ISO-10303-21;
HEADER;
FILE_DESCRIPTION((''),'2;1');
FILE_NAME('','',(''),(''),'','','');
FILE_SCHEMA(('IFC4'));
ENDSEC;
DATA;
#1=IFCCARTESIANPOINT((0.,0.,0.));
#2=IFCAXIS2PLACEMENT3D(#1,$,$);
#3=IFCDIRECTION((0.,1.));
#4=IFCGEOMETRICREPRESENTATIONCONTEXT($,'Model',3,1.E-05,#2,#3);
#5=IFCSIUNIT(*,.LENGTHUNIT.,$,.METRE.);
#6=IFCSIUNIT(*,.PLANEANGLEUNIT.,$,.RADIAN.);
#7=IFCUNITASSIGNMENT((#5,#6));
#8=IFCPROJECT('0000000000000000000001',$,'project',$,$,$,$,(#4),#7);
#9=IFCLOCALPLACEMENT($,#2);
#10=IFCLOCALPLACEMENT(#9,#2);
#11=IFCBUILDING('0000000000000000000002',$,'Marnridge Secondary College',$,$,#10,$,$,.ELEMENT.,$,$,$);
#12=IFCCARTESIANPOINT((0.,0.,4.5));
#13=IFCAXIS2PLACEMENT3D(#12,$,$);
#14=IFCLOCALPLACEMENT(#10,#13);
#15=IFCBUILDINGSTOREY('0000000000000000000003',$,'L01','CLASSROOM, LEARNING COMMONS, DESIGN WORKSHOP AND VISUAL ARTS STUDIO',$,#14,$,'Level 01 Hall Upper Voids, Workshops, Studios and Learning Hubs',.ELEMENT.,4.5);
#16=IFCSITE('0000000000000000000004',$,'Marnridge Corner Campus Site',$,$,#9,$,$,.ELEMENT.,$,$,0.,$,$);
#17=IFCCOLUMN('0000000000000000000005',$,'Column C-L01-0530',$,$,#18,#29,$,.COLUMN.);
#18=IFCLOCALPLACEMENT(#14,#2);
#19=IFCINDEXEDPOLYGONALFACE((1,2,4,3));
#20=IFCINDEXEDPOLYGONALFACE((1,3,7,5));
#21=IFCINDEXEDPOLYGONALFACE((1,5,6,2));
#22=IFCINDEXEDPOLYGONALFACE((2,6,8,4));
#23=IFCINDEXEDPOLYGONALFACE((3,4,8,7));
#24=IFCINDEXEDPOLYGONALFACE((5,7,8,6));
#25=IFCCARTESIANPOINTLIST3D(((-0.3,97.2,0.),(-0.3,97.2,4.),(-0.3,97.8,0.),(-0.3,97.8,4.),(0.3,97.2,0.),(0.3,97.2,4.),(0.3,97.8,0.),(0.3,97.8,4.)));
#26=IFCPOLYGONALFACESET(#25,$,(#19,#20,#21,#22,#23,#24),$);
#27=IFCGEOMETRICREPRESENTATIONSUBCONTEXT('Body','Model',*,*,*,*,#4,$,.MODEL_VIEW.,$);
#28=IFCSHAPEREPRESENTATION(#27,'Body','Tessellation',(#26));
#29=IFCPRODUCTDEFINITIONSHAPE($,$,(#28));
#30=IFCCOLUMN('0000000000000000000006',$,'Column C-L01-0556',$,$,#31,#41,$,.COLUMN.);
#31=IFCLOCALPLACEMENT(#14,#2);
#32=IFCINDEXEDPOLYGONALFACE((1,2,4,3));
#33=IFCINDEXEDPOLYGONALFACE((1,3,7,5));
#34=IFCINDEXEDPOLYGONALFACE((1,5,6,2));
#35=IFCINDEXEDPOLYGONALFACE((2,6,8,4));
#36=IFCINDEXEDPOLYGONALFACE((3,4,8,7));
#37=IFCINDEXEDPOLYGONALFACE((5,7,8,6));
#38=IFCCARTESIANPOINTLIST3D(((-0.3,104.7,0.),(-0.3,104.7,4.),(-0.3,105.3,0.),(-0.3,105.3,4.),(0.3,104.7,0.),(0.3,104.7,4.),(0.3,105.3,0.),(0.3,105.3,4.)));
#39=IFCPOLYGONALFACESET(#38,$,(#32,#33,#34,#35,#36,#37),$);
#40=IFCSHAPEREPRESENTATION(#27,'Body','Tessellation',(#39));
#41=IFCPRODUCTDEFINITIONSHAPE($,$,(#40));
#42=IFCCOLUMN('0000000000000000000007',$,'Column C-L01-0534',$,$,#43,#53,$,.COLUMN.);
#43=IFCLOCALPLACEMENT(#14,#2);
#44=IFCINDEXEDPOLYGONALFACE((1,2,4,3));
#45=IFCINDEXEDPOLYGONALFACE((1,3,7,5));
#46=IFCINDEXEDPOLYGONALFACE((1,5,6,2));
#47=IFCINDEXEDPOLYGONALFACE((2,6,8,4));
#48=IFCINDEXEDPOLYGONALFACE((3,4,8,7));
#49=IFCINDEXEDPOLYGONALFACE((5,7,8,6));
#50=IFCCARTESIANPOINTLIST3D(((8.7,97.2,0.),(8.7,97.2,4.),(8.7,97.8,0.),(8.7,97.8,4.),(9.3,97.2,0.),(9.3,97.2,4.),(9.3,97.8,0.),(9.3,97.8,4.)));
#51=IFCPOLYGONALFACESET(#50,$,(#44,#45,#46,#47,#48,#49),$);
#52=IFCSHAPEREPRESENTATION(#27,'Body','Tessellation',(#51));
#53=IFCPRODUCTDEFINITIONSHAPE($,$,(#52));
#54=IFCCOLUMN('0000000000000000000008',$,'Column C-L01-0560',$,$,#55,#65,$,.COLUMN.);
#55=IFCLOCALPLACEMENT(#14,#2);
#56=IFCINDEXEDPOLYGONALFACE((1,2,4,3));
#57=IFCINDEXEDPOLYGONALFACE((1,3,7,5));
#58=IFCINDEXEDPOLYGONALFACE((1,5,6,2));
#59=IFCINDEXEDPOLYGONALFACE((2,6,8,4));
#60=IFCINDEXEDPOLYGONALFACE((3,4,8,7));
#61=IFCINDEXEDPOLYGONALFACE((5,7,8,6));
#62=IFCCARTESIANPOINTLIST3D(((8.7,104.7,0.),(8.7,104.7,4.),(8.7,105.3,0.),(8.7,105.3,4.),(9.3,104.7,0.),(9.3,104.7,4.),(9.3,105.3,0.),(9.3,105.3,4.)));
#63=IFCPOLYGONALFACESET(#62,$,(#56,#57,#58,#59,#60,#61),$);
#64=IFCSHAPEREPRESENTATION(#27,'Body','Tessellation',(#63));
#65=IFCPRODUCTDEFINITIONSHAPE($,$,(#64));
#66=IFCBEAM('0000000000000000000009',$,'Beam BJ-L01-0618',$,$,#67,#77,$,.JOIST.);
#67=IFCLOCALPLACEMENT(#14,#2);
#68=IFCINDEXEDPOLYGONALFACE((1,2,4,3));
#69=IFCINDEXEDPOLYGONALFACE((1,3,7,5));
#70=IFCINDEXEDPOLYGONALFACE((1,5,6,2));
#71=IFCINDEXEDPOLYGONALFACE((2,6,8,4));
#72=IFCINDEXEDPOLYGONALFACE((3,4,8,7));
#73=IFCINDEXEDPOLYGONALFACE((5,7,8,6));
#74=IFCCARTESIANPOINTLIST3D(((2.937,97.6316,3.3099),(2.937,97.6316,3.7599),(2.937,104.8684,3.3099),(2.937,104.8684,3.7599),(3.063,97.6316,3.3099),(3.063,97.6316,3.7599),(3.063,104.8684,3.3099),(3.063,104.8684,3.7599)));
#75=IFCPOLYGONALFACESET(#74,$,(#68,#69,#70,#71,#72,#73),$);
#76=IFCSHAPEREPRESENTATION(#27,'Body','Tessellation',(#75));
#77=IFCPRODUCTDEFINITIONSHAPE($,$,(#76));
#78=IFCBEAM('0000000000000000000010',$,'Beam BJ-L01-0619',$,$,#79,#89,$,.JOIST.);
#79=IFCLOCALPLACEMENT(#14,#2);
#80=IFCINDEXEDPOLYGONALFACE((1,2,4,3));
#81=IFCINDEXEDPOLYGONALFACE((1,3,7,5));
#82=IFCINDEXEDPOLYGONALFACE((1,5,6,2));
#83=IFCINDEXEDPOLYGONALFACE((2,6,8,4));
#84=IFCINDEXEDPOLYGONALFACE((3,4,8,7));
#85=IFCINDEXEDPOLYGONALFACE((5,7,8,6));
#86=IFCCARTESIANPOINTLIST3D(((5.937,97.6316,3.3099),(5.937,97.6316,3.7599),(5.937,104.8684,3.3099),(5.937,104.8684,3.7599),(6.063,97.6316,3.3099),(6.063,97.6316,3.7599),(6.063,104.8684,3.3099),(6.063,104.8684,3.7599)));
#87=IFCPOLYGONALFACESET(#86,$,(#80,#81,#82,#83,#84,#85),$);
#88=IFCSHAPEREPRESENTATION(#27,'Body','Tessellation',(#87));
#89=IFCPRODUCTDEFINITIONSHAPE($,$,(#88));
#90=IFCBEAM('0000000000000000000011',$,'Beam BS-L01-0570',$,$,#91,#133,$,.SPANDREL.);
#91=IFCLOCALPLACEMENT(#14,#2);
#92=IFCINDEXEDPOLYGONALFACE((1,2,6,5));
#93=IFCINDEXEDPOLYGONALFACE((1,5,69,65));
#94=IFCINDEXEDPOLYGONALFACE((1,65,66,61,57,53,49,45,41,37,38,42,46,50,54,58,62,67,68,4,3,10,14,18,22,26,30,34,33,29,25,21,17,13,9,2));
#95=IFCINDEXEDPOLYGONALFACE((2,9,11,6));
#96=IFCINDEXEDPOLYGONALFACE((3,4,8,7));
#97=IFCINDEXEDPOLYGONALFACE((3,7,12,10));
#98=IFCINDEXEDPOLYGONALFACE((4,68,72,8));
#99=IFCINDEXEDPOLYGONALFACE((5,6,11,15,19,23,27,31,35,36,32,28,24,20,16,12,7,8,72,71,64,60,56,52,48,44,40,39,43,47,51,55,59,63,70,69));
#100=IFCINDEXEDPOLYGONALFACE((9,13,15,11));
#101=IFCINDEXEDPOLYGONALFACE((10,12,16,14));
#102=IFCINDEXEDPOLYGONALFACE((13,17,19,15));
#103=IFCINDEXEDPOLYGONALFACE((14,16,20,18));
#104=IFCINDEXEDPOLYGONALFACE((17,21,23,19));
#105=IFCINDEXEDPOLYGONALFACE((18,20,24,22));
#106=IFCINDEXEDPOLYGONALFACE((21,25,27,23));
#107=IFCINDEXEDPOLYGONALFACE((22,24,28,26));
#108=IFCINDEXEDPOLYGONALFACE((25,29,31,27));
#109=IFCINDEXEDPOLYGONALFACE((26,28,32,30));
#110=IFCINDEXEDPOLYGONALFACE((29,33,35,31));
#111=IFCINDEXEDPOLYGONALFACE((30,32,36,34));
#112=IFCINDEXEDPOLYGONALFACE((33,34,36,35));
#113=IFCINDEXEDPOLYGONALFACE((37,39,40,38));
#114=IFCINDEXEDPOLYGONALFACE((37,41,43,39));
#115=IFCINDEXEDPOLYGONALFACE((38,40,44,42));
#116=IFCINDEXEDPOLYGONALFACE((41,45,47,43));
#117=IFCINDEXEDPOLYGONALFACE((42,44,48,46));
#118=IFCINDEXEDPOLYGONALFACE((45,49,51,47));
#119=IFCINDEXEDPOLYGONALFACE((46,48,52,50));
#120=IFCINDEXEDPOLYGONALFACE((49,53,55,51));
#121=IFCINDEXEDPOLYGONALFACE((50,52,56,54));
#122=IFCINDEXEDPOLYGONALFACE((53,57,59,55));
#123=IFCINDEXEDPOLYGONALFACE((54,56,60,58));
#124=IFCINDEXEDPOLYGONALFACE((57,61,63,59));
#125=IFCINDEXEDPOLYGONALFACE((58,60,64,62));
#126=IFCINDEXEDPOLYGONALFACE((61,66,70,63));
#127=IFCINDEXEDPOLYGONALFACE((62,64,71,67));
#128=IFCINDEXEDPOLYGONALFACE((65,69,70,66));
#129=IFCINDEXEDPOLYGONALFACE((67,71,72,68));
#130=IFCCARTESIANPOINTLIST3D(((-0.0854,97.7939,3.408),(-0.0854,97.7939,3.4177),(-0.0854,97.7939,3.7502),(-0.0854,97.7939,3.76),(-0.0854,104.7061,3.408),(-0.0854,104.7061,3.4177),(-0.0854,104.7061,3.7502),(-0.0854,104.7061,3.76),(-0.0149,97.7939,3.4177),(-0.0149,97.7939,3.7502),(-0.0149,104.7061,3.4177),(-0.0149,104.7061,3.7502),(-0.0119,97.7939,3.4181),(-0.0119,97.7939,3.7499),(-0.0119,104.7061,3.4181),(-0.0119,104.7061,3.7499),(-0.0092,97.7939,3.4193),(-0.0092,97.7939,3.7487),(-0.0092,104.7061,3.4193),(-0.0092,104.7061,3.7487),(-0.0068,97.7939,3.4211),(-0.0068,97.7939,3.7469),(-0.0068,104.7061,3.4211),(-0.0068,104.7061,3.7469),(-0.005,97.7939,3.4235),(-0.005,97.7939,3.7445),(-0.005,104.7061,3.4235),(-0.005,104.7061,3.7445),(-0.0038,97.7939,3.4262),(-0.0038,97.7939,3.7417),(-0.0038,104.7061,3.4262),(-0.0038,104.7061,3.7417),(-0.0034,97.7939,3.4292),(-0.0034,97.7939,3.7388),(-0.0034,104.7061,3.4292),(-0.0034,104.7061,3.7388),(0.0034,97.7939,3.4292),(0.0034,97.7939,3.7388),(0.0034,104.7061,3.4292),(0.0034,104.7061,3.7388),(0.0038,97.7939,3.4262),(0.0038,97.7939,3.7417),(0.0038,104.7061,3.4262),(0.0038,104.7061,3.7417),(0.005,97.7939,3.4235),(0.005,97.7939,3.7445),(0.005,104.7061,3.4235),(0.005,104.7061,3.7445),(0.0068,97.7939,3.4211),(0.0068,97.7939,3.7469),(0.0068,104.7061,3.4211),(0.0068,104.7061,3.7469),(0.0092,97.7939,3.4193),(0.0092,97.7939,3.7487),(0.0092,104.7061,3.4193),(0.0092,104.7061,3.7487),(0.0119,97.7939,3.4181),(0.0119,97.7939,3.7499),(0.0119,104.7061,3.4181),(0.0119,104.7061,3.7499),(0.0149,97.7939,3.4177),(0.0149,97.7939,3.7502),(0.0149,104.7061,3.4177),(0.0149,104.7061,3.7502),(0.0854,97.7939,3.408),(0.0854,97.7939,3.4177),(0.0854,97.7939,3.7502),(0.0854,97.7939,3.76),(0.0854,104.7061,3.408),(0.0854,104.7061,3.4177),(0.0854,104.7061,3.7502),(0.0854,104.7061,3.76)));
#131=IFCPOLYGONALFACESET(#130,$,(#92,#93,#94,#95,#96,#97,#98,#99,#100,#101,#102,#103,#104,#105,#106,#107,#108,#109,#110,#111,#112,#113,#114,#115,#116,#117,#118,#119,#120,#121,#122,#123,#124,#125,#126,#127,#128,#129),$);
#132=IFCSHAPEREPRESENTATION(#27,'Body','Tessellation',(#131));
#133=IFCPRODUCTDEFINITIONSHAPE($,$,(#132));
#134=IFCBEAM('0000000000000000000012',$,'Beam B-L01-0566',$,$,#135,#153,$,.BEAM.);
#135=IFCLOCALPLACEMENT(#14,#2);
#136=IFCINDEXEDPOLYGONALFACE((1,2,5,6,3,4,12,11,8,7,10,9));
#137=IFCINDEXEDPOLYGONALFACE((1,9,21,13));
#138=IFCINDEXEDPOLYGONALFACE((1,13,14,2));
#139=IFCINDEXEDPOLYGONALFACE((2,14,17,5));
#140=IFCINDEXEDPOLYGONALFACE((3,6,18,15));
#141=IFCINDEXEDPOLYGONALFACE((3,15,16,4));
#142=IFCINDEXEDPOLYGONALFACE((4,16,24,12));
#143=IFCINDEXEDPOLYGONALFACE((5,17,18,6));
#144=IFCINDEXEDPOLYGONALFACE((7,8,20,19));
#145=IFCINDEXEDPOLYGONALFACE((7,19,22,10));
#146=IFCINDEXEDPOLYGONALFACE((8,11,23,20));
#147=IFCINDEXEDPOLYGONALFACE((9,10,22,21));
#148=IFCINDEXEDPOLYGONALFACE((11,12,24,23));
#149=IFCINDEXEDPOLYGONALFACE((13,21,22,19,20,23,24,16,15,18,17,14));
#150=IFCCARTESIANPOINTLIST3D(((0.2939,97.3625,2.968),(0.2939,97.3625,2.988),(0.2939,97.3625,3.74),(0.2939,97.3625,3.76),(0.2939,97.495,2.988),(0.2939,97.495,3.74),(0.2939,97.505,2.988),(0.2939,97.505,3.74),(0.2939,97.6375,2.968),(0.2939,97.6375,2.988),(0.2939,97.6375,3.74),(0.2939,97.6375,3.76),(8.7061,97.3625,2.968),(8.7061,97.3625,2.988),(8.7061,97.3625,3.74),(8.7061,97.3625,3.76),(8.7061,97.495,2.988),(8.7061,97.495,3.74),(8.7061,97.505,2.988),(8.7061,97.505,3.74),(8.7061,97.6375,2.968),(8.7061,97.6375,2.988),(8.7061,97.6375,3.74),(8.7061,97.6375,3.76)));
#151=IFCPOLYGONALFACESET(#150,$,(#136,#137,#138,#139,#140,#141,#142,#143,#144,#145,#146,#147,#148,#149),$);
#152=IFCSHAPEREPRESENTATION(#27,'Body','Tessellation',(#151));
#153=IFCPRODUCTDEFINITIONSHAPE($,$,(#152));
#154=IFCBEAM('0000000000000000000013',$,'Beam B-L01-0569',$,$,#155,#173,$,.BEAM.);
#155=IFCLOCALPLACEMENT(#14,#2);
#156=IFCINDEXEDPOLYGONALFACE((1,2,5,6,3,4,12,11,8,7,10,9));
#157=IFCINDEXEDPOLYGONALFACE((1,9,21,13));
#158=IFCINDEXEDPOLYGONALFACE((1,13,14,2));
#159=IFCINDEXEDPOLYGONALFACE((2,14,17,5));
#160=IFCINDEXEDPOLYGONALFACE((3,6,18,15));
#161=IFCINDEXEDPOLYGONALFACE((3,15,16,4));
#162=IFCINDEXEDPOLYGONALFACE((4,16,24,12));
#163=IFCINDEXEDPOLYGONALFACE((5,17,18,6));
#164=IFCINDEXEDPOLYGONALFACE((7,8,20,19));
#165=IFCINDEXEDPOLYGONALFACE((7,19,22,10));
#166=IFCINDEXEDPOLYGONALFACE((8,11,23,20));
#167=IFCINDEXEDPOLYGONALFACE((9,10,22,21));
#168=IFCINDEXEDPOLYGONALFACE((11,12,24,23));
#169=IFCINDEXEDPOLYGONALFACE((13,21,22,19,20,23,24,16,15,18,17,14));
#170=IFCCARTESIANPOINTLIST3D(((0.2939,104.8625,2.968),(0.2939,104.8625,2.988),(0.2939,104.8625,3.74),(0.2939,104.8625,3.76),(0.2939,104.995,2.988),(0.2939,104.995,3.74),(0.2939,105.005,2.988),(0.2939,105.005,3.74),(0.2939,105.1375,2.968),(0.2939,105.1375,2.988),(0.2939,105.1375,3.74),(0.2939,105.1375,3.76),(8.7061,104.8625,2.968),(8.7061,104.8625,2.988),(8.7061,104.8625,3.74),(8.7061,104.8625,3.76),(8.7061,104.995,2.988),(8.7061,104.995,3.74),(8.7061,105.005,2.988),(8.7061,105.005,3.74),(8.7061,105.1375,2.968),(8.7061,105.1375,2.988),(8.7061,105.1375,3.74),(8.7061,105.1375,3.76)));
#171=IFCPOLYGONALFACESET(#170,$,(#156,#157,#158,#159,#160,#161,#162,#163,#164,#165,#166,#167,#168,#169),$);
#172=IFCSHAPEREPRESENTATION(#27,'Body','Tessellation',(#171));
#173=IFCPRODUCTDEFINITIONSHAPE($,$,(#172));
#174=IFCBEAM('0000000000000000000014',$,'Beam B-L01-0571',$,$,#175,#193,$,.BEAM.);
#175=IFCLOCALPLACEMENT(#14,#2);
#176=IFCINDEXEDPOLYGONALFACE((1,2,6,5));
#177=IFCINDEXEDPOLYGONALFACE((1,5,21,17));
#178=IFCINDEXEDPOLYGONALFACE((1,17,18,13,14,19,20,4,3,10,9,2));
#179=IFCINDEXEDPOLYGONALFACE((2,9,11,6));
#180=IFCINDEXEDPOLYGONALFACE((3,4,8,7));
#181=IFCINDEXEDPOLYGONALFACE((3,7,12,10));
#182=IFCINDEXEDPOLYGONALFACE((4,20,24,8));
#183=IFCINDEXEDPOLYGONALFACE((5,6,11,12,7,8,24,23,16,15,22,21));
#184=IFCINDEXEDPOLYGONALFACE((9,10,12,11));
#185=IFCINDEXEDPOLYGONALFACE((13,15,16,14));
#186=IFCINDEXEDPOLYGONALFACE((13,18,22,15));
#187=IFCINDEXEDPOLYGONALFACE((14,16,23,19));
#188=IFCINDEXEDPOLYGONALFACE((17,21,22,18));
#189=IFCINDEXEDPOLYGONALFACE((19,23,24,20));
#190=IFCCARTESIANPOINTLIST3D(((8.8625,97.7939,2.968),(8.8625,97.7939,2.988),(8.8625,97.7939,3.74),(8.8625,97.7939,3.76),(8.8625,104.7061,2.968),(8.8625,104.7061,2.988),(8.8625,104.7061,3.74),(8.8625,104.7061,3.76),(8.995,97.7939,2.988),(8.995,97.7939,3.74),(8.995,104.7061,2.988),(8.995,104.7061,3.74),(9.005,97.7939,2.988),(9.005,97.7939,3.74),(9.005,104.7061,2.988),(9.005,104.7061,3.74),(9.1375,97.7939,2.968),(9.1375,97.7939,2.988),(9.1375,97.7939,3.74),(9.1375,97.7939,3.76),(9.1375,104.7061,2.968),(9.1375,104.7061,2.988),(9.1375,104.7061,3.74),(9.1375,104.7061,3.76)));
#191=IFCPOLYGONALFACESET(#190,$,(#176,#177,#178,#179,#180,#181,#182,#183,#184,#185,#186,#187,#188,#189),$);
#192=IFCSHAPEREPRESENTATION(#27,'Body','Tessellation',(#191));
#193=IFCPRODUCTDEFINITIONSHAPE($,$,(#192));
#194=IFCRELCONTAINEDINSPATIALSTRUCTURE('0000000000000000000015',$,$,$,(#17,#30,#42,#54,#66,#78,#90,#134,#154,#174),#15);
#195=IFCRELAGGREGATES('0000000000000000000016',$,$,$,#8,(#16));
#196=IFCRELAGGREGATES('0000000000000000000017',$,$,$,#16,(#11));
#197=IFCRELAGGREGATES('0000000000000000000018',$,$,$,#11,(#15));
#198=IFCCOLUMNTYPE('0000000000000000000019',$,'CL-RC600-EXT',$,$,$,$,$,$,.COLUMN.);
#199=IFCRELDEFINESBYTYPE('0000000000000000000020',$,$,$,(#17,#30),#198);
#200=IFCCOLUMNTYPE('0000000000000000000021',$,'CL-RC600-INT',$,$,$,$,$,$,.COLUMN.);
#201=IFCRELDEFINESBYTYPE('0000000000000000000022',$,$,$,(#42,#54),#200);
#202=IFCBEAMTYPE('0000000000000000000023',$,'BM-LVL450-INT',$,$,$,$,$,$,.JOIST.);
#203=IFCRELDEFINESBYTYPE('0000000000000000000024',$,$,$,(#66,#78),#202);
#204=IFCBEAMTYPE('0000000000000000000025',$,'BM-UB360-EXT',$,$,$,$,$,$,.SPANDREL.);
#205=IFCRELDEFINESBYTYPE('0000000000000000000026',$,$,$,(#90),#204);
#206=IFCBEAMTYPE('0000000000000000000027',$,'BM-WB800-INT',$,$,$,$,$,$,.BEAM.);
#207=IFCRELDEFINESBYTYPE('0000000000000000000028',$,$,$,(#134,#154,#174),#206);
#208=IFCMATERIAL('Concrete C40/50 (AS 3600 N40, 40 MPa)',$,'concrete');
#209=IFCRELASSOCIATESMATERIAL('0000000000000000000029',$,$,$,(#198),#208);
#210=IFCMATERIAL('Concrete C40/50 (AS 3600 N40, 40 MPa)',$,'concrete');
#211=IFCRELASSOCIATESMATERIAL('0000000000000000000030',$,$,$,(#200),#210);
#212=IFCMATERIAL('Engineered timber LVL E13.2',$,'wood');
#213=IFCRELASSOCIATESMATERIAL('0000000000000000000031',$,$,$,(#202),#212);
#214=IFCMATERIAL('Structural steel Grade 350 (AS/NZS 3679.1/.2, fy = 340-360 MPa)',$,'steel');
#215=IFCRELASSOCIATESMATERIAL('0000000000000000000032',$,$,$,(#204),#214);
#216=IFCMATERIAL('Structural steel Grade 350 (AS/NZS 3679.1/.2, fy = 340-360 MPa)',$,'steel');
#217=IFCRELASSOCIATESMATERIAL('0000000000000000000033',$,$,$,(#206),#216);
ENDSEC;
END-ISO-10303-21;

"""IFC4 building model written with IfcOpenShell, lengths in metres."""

from ifc_helpers import new_model, si_unit, direction, frame, origin, origin_2d, place, context, subcontext, project, spatial, rectangle, i_section, extrude, material, material_profile, profile_set, type_object, element, save


model = new_model("IFC4")

# Units and contexts
model_context = context("Model", 3, precision=1e-05, world=origin(), true_north=direction((0.0, 1.0)))
body_context = subcontext(model_context, "Body", "Model", "MODEL_VIEW")
ifc_project = project(units=[si_unit("LENGTHUNIT", "METRE"), si_unit("PLANEANGLEUNIT", "RADIAN")], contexts=[model_context])

# Site, building, storey
site_placement = place(None, origin())
site = spatial("IfcSite", under=ifc_project, at=site_placement, Name="Marnridge Corner Campus Site", CompositionType="ELEMENT", RefElevation=0.0)
building_placement = place(site_placement, origin())
building = spatial("IfcBuilding", under=site, at=building_placement, Name="Marnridge Secondary College", CompositionType="ELEMENT")
storey_placement = place(building_placement, frame((0.0, 0.0, 4.5)))
storey = spatial("IfcBuildingStorey", under=building, at=storey_placement, Name="L01", Description="CLASSROOM, LEARNING COMMONS, DESIGN WORKSHOP AND VISUAL ARTS STUDIO", LongName="Level 01 Hall Upper Voids, Workshops, Studios and Learning Hubs", CompositionType="ELEMENT", Elevation=4.5)

# Columns
ifc_material_1 = material(Name="Concrete C40/50 (AS 3600 N40, 40 MPa)", Category="concrete")
ifc_material_profile_1 = material_profile(ifc_material_1, rectangle(XDim=0.6001, YDim=0.6001, at=origin_2d()), Name="RC 600x600")
ifc_profile_set_1 = profile_set([ifc_material_profile_1], Name="Concrete C40/50 (AS 3600 N40, 40 MPa)")
column_type_1 = type_object("IfcColumnType", Name="CL-RC600-EXT", PredefinedType="COLUMN", material=ifc_profile_set_1)
for number, where, z_axis, x_axis, name in (
    (1, (0.0, 97.5, 0.0), (0.0, 0.0, 1.0), (1.0, 0.0, 0.0), "Column C-L01-0530"),
    (2, (0.0, 105.0, 0.0), (0.0, 0.0, 1.0), (1.0, 0.0, 0.0), "Column C-L01-0556"),
):
    element("IfcColumn", number, at=place(storey_placement, frame(where, z_axis=z_axis, x_axis=x_axis)), inside=storey, type_object=column_type_1, Name=name, PredefinedType="COLUMN", context=body_context, shape_type="SweptSolid", body=[
        extrude(rectangle(XDim=0.6001, YDim=0.6001, at=origin_2d()), origin(), (0.0, 0.0, 1.0), 4.0),
    ])
ifc_material_2 = material(Name="Concrete C40/50 (AS 3600 N40, 40 MPa)", Category="concrete")
ifc_material_profile_2 = material_profile(ifc_material_2, rectangle(XDim=0.6001, YDim=0.6001, at=origin_2d()), Name="RC 600x600")
ifc_profile_set_2 = profile_set([ifc_material_profile_2], Name="Concrete C40/50 (AS 3600 N40, 40 MPa)")
column_type_2 = type_object("IfcColumnType", Name="CL-RC600-INT", PredefinedType="COLUMN", material=ifc_profile_set_2)
for number, where, z_axis, x_axis, name in (
    (3, (9.0, 97.5, 0.0), (0.0, 0.0, 1.0), (1.0, 0.0, 0.0), "Column C-L01-0534"),
    (4, (9.0, 105.0, 0.0), (0.0, 0.0, 1.0), (1.0, 0.0, 0.0), "Column C-L01-0560"),
):
    element("IfcColumn", number, at=place(storey_placement, frame(where, z_axis=z_axis, x_axis=x_axis)), inside=storey, type_object=column_type_2, Name=name, PredefinedType="COLUMN", context=body_context, shape_type="SweptSolid", body=[
        extrude(rectangle(XDim=0.6001, YDim=0.6001, at=origin_2d()), origin(), (0.0, 0.0, 1.0), 4.0),
    ])

# Beams
ifc_material_3 = material(Name="Engineered timber LVL E13.2", Category="wood")
ifc_material_profile_3 = material_profile(ifc_material_3, rectangle(XDim=0.126, YDim=0.45, at=origin_2d()), Name="LVL 126x450")
ifc_profile_set_3 = profile_set([ifc_material_profile_3], Name="Engineered timber LVL E13.2")
beam_type_1 = type_object("IfcBeamType", Name="BM-LVL450-INT", PredefinedType="JOIST", material=ifc_profile_set_3)
for number, where, z_axis, x_axis, name in (
    (5, (3.0, 97.6316, 3.5349), (0.0, 1.0, 0.0), (-1.0, 0.0, 0.0), "Beam BJ-L01-0618"),
    (6, (6.0, 97.6316, 3.5349), (0.0, 1.0, 0.0), (-1.0, 0.0, 0.0), "Beam BJ-L01-0619"),
):
    element("IfcBeam", number, at=place(storey_placement, frame(where, z_axis=z_axis, x_axis=x_axis)), inside=storey, type_object=beam_type_1, Name=name, PredefinedType="JOIST", context=body_context, shape_type="SweptSolid", body=[
        extrude(rectangle(XDim=0.126, YDim=0.45, at=origin_2d()), origin(), (0.0, 0.0, 1.0), 7.2368),
    ])
ifc_material_4 = material(Name="Structural steel Grade 350 (AS/NZS 3679.1/.2, fy = 340-360 MPa)", Category="steel")
ifc_material_profile_4 = material_profile(ifc_material_4, i_section(OverallWidth=0.1709, OverallDepth=0.3521, WebThickness=0.0068, FlangeThickness=0.0098, FilletRadius=0.0115, at=origin_2d()), Name="360UB44.7")
ifc_profile_set_4 = profile_set([ifc_material_profile_4], Name="Structural steel Grade 350 (AS/NZS 3679.1/.2, fy = 340-360 MPa)")
beam_type_2 = type_object("IfcBeamType", Name="BM-UB360-EXT", PredefinedType="SPANDREL", material=ifc_profile_set_4)
beam_1_placement = place(storey_placement, frame((0.0, 97.7939, 3.584), z_axis=(0.0, 1.0, 0.0), x_axis=(-1.0, 0.0, 0.0)))
element("IfcBeam", 7, at=beam_1_placement, inside=storey, type_object=beam_type_2, Name="Beam BS-L01-0570", PredefinedType="SPANDREL", context=body_context, shape_type="SweptSolid", body=[
    extrude(i_section(OverallWidth=0.1709, OverallDepth=0.3521, WebThickness=0.0068, FlangeThickness=0.0098, FilletRadius=0.0115, at=origin_2d()), origin(), (0.0, 0.0, 1.0), 6.9121),
])
ifc_material_5 = material(Name="Structural steel Grade 350 (AS/NZS 3679.1/.2, fy = 340-360 MPa)", Category="steel")
ifc_material_profile_5 = material_profile(ifc_material_5, i_section(OverallWidth=0.2749, OverallDepth=0.792, WebThickness=0.01, FlangeThickness=0.02, at=origin_2d()), Name="800WB146")
ifc_profile_set_5 = profile_set([ifc_material_profile_5], Name="Structural steel Grade 350 (AS/NZS 3679.1/.2, fy = 340-360 MPa)")
beam_type_3 = type_object("IfcBeamType", Name="BM-WB800-INT", PredefinedType="BEAM", material=ifc_profile_set_5)
for number, where, z_axis, x_axis, name in (
    (8, (0.2939, 97.5, 3.364), (1.0, 0.0, 0.0), (0.0, 1.0, 0.0), "Beam B-L01-0566"),
    (9, (0.2939, 105.0, 3.364), (1.0, 0.0, 0.0), (0.0, 1.0, 0.0), "Beam B-L01-0569"),
):
    element("IfcBeam", number, at=place(storey_placement, frame(where, z_axis=z_axis, x_axis=x_axis)), inside=storey, type_object=beam_type_3, Name=name, PredefinedType="BEAM", context=body_context, shape_type="SweptSolid", body=[
        extrude(i_section(OverallWidth=0.2749, OverallDepth=0.792, WebThickness=0.01, FlangeThickness=0.02, at=origin_2d()), origin(), (0.0, 0.0, 1.0), 8.4121),
    ])
beam_2_placement = place(storey_placement, frame((9.0, 97.7939, 3.364), z_axis=(0.0, 1.0, 0.0), x_axis=(-1.0, 0.0, 0.0)))
element("IfcBeam", 10, at=beam_2_placement, inside=storey, type_object=beam_type_3, Name="Beam B-L01-0571", PredefinedType="BEAM", context=body_context, shape_type="SweptSolid", body=[
    extrude(i_section(OverallWidth=0.2749, OverallDepth=0.792, WebThickness=0.01, FlangeThickness=0.02, at=origin_2d()), origin(), (0.0, 0.0, 1.0), 6.9121),
])

save(model, "model.ifc")
